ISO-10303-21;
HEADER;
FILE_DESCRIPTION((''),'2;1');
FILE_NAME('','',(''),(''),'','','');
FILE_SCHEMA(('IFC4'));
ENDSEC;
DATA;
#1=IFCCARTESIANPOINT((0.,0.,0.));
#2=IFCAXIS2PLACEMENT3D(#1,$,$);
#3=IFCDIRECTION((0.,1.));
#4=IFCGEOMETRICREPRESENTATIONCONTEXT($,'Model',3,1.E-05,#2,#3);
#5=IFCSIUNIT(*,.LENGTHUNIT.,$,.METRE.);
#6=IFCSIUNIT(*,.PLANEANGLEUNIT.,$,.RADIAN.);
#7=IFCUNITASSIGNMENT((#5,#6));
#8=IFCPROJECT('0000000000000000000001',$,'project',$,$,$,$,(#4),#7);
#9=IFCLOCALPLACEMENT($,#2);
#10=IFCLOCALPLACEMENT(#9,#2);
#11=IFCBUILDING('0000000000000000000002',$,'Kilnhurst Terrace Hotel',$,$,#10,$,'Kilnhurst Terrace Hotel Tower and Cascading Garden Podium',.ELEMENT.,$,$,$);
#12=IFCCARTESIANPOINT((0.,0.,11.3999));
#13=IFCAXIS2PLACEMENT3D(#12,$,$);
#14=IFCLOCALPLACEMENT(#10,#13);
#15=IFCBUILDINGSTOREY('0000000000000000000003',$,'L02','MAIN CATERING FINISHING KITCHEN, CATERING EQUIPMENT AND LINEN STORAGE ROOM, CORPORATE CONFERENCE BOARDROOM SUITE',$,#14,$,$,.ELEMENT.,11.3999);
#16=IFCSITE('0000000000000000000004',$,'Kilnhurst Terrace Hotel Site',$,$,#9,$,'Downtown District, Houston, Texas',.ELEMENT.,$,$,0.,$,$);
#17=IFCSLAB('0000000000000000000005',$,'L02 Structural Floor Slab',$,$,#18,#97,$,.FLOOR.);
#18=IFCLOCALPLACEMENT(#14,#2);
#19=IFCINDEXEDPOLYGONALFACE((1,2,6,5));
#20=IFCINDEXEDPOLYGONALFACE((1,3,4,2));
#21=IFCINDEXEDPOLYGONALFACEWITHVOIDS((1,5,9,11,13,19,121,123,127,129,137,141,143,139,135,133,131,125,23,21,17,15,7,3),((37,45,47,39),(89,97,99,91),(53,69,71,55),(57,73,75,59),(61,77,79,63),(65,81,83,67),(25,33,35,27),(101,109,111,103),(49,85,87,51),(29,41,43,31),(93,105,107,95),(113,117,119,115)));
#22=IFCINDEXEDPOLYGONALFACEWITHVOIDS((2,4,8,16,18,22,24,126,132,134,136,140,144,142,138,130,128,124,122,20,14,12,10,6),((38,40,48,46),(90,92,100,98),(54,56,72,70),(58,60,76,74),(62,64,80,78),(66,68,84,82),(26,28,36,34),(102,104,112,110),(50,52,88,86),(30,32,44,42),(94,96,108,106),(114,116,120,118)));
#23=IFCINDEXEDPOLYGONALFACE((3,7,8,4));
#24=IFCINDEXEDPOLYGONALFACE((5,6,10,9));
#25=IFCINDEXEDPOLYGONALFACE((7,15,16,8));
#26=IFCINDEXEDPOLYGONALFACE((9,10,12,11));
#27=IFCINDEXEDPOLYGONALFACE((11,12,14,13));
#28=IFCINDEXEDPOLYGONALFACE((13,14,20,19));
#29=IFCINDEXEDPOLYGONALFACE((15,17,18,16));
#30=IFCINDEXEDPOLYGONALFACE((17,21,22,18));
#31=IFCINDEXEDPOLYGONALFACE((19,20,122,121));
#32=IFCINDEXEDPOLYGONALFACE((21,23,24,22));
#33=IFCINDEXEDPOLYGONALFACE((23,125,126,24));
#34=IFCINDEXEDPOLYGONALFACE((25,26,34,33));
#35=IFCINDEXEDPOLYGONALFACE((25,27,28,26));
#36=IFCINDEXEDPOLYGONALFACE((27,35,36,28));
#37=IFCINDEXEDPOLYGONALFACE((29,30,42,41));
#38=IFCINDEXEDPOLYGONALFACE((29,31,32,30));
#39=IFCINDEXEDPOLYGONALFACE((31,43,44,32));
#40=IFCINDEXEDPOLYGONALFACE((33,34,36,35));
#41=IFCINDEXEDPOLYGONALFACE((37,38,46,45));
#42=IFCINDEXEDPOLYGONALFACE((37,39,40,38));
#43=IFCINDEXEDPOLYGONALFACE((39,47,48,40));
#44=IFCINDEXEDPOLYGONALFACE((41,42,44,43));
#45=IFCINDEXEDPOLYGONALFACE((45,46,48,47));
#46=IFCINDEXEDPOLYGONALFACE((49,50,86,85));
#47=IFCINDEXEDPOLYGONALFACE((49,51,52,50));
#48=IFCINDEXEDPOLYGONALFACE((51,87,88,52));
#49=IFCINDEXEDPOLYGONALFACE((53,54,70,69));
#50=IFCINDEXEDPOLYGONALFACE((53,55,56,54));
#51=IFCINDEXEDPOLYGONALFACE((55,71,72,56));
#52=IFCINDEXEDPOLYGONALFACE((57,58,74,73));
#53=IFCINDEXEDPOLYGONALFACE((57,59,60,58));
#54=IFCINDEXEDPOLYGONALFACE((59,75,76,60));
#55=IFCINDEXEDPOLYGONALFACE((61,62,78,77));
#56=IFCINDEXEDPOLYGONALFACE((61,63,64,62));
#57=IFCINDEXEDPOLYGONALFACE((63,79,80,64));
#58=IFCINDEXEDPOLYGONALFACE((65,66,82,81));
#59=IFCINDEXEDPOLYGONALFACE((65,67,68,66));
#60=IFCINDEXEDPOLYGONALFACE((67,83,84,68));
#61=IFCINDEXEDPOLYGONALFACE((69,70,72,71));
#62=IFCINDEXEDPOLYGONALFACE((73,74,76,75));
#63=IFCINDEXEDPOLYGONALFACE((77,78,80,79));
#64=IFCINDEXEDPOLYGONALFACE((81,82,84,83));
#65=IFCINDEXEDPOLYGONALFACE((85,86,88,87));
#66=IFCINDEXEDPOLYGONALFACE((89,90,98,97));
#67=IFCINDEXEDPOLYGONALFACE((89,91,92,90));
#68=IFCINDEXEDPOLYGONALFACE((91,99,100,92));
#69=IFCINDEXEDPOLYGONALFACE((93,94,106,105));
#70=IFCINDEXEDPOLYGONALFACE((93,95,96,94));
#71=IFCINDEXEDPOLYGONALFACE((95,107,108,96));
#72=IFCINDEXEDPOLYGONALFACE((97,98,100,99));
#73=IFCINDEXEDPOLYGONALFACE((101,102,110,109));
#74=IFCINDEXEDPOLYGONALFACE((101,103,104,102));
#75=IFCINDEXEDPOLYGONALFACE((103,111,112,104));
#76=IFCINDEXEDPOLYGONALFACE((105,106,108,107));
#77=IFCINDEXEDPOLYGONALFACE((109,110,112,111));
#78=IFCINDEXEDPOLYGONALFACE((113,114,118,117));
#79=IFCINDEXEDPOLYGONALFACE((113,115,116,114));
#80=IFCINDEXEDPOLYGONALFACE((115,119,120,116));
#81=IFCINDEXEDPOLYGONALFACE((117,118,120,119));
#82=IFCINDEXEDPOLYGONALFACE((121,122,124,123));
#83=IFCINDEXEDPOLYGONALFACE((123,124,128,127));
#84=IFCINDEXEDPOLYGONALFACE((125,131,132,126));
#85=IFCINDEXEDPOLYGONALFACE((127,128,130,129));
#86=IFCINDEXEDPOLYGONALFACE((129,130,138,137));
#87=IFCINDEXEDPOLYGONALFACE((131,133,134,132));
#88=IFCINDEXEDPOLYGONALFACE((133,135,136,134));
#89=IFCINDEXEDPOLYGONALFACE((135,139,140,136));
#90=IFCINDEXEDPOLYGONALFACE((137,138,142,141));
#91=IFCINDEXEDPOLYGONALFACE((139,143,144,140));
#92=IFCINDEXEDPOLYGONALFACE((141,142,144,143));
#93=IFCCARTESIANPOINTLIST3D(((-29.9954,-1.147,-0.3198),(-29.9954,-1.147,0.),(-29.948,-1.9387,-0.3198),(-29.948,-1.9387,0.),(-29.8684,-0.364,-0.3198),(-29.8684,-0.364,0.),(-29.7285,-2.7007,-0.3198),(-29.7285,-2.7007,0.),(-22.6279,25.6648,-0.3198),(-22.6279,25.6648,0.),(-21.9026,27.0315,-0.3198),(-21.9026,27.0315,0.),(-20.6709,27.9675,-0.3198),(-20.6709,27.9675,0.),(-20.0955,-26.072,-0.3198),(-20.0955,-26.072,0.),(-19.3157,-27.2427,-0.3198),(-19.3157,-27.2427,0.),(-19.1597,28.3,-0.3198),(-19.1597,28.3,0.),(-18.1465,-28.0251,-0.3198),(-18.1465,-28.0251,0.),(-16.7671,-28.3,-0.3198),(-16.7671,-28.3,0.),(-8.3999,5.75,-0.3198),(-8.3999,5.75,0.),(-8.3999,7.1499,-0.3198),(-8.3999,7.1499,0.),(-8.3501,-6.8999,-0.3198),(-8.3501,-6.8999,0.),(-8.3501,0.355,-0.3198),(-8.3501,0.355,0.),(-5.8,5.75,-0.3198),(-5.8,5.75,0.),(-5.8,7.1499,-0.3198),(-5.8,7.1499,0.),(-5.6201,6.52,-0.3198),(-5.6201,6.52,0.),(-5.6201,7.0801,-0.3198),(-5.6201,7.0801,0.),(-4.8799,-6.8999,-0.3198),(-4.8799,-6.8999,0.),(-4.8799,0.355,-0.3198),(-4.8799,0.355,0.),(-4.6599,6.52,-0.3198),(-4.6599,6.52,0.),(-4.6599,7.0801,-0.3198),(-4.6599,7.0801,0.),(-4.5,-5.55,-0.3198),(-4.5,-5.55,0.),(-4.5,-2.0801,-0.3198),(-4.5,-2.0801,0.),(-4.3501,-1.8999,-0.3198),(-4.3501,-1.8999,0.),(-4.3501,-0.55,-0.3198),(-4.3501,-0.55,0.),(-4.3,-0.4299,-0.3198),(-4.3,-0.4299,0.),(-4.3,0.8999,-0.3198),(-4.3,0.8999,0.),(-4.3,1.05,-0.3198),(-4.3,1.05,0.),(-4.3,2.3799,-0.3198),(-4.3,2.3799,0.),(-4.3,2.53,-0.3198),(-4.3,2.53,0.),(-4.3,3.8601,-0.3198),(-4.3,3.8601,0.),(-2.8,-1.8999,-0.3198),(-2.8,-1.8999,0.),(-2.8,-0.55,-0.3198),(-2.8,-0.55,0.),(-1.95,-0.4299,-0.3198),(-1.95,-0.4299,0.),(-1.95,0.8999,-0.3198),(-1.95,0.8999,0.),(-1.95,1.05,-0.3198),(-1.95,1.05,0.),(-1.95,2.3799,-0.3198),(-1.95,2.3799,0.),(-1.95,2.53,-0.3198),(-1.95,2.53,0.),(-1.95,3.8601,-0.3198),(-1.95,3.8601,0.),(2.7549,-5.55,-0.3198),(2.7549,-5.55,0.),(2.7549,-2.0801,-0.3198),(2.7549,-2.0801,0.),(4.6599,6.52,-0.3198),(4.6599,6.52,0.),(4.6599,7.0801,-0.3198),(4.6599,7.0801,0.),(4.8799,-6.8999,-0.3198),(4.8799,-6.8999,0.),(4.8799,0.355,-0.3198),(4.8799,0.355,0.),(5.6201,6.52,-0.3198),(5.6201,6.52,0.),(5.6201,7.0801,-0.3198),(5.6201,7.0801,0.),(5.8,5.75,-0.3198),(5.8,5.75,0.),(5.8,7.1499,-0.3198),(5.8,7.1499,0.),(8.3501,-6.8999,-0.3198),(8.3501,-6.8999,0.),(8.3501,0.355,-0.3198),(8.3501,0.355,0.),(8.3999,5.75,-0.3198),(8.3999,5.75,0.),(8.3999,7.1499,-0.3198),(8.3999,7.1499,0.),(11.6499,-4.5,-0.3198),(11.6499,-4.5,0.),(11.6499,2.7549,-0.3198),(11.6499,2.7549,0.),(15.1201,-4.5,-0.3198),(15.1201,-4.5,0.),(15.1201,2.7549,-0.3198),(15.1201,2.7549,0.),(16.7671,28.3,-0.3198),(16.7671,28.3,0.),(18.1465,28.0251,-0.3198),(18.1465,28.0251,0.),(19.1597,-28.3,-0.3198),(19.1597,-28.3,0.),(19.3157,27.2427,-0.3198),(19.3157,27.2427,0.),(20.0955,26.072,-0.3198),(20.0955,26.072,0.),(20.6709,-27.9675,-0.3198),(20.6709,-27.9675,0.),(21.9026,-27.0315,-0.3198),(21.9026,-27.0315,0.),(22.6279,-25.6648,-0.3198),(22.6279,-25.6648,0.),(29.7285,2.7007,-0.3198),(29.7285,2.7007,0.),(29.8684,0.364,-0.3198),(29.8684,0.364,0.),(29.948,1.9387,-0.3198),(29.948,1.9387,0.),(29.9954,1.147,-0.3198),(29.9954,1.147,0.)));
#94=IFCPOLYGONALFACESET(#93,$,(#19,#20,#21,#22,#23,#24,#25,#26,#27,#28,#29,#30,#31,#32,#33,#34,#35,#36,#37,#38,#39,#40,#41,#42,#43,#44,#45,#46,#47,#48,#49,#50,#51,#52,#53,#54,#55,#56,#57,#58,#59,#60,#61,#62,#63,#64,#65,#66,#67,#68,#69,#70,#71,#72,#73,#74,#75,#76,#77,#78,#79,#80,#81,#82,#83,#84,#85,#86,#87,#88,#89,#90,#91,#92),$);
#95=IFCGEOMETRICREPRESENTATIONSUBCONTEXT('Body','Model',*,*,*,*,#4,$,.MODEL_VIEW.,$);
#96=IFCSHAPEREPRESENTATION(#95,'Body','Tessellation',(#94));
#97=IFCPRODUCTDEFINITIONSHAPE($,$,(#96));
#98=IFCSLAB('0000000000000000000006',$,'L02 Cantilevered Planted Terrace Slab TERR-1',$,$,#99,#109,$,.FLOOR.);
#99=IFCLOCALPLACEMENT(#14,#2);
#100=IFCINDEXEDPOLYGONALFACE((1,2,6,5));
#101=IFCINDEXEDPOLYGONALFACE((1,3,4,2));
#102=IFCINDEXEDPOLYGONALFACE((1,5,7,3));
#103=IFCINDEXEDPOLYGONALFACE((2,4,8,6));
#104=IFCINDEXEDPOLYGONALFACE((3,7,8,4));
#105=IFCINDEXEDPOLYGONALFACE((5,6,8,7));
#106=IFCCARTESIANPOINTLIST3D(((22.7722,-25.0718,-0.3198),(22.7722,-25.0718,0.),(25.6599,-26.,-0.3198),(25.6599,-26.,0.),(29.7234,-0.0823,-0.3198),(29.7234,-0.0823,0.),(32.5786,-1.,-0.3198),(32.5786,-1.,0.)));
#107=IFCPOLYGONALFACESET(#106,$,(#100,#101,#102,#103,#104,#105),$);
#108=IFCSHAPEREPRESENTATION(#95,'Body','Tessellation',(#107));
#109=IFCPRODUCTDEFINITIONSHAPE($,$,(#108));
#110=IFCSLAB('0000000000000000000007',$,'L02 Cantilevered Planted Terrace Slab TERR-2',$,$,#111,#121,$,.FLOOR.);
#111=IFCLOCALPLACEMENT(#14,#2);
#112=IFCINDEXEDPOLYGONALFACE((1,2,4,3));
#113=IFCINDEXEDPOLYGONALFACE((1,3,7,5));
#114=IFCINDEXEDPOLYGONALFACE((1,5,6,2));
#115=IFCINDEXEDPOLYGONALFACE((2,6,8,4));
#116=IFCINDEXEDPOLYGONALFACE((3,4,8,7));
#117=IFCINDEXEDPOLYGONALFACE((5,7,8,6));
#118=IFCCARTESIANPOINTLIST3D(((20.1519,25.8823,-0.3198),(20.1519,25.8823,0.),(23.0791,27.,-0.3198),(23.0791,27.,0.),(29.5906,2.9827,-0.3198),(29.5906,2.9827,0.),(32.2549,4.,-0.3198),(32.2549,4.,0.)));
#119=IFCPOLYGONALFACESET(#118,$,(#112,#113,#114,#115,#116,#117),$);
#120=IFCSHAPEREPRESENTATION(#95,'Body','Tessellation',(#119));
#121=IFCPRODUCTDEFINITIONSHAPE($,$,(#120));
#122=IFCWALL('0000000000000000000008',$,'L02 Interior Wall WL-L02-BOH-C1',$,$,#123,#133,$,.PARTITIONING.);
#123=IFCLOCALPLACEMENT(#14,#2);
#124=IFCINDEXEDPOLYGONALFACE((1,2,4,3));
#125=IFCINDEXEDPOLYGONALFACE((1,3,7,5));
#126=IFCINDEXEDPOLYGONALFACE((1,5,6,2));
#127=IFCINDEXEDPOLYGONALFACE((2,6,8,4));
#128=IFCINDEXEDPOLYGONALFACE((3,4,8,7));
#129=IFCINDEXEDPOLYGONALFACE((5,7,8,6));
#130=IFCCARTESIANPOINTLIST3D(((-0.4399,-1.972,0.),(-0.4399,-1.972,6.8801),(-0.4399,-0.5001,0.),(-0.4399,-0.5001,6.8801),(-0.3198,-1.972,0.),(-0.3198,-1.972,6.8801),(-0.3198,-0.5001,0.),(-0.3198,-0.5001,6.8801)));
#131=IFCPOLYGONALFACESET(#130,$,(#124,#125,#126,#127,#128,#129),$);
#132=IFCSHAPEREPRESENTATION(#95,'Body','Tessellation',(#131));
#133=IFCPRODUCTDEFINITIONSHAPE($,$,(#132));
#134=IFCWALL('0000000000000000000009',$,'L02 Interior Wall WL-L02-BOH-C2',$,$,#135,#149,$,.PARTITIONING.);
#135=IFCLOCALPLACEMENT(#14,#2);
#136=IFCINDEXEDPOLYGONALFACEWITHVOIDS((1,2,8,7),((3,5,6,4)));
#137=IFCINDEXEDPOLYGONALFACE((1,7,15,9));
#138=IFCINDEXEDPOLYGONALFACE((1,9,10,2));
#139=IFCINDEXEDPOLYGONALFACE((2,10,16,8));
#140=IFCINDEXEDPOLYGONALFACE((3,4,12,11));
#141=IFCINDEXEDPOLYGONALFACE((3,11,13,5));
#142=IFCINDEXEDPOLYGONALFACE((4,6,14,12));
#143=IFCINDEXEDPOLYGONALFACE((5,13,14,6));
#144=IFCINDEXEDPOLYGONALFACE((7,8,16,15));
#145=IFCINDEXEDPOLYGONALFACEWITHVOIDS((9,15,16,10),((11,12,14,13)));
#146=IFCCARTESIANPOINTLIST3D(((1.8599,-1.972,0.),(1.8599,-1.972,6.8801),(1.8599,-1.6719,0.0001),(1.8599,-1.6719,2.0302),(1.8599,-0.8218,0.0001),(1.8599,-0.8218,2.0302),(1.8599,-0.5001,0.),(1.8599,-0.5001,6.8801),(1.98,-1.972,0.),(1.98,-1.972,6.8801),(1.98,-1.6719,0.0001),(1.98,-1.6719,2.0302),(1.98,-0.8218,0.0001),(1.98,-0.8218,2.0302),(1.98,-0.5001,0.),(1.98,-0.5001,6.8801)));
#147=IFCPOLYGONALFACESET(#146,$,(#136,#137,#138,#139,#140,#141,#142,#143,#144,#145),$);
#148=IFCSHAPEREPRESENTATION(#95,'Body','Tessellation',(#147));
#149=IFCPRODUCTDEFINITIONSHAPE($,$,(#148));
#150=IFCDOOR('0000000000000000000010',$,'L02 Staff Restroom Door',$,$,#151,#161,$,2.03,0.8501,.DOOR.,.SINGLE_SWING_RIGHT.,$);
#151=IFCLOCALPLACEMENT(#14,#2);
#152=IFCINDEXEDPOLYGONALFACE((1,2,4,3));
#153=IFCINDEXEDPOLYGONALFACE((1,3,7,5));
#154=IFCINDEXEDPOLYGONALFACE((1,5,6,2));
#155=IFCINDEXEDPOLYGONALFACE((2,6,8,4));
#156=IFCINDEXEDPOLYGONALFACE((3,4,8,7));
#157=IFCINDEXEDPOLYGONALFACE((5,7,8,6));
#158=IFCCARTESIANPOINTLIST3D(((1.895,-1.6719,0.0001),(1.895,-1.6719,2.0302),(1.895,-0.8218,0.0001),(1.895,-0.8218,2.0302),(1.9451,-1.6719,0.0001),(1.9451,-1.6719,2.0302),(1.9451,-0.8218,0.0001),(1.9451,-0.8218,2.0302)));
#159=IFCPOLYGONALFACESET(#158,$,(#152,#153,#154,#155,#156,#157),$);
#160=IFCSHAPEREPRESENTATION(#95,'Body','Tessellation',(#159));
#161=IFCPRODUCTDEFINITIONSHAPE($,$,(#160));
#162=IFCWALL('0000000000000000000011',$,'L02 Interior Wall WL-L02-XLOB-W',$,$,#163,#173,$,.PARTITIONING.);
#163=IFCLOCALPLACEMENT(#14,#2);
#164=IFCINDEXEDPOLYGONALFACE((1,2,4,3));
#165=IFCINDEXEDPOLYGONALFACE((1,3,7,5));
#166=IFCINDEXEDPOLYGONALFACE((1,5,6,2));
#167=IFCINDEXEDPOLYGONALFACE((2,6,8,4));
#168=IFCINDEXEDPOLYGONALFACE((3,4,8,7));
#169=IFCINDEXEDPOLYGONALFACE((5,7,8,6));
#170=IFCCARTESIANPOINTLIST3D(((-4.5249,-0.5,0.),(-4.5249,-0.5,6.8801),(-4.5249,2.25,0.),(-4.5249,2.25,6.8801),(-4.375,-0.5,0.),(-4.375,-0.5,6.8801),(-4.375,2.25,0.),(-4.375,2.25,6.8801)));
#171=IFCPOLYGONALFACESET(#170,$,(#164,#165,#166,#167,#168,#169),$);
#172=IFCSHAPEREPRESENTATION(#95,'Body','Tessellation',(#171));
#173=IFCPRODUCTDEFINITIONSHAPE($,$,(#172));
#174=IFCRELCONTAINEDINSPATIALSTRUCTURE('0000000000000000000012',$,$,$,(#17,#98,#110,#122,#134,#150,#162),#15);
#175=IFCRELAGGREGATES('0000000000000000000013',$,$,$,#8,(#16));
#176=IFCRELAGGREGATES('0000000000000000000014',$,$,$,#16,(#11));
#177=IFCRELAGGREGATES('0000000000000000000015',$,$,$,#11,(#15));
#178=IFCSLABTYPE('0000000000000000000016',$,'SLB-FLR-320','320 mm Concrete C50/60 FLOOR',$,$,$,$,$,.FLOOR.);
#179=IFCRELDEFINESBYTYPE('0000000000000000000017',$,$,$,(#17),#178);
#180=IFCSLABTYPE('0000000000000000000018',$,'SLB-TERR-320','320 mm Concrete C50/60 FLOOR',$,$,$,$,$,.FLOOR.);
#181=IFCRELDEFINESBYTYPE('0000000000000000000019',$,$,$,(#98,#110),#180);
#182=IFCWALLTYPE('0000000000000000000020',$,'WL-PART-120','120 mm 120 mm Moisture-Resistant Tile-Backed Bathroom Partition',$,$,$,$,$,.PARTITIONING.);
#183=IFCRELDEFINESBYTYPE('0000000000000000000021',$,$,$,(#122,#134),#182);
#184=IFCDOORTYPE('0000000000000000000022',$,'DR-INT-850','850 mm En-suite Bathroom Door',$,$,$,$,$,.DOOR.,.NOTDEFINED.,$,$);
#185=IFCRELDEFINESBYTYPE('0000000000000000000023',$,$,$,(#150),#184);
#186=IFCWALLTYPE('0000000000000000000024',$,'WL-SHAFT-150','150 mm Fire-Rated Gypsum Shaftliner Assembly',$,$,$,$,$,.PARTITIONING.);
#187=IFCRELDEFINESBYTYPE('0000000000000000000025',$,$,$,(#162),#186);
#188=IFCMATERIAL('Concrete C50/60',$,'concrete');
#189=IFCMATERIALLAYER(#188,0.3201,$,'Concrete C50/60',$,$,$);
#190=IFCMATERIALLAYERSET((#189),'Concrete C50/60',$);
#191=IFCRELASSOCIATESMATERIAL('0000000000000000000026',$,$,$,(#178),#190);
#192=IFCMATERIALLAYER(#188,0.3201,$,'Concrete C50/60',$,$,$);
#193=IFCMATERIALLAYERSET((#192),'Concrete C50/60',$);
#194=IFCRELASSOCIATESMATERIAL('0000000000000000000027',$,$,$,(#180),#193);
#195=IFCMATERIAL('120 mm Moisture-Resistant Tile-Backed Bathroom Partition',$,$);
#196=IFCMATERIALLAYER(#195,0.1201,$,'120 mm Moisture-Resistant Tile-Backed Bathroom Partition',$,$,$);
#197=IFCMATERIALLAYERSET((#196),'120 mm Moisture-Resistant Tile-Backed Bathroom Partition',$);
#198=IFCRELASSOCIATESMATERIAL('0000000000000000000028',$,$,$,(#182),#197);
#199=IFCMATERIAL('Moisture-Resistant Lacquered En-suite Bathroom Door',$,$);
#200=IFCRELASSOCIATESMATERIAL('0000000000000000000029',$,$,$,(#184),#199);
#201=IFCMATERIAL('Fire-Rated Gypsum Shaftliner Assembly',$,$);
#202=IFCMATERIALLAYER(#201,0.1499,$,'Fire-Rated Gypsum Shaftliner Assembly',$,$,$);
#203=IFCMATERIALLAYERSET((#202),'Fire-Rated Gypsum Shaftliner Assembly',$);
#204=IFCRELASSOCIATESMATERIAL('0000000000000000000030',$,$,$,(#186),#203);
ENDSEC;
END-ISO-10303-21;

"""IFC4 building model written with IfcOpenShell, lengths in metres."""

from ifc_helpers import new_model, si_unit, direction, frame, frame_2d, origin, place, context, subcontext, project, spatial, polyline, rectangle, outline, extrude, material, layer, layer_set, type_object, element, fill, save


model = new_model("IFC4")

# Units and contexts
model_context = context("Model", 3, precision=1e-05, world=origin(), true_north=direction((0.0, 1.0)))
body_context = subcontext(model_context, "Body", "Model", "MODEL_VIEW")
ifc_project = project(units=[si_unit("LENGTHUNIT", "METRE"), si_unit("PLANEANGLEUNIT", "RADIAN")], contexts=[model_context])

# Site, building, storey
site_placement = place(None, origin())
site = spatial("IfcSite", under=ifc_project, at=site_placement, Name="Kilnhurst Terrace Hotel Site", LongName="Downtown District, Houston, Texas", CompositionType="ELEMENT", RefElevation=0.0)
building_placement = place(site_placement, origin())
building = spatial("IfcBuilding", under=site, at=building_placement, Name="Kilnhurst Terrace Hotel", LongName="Kilnhurst Terrace Hotel Tower and Cascading Garden Podium", CompositionType="ELEMENT")
storey_placement = place(building_placement, frame((0.0, 0.0, 11.3999)))
storey = spatial("IfcBuildingStorey", under=building, at=storey_placement, Name="L02", Description="MAIN CATERING FINISHING KITCHEN, CATERING EQUIPMENT AND LINEN STORAGE ROOM, CORPORATE CONFERENCE BOARDROOM SUITE", CompositionType="ELEMENT", Elevation=11.3999)

# Slabs
ifc_material_1 = material(Name="Concrete C50/60", Category="concrete")
ifc_layer_1 = layer(ifc_material_1, 0.3201, Name="Concrete C50/60")
ifc_layer_set_1 = layer_set([ifc_layer_1], Name="Concrete C50/60")
slab_type_1 = type_object("IfcSlabType", Name="SLB-FLR-320", Description="320 mm Concrete C50/60 FLOOR", PredefinedType="FLOOR", material=ifc_layer_set_1)
slab_1_placement = place(storey_placement, frame((0.0, 0.0, -0.3198)))
element("IfcSlab", 1, at=slab_1_placement, inside=storey, type_object=slab_type_1, Name="L02 Structural Floor Slab", PredefinedType="FLOOR", context=body_context, shape_type="SweptSolid", body=[
    extrude(outline(polyline([(-20.0955, -26.072), (-19.3157, -27.2427), (-18.1465, -28.0251), (-16.7671, -28.3), (19.1597, -28.3), (20.6709, -27.9675), (21.9026, -27.0315), (22.6279, -25.6648), (29.8684, 0.364), (29.9954, 1.147), (29.948, 1.9387), (29.7285, 2.7007), (20.0955, 26.072), (19.3157, 27.2427), (18.1465, 28.0251), (16.7671, 28.3), (-19.1597, 28.3), (-20.6709, 27.9675), (-21.9026, 27.0315), (-22.6279, 25.6648), (-29.8684, -0.364), (-29.9954, -1.147), (-29.948, -1.9387), (-29.7285, -2.7007), (-20.0955, -26.072)]), holes=[polyline([(-8.3501, 0.355), (-4.8799, 0.355), (-4.8799, -6.8999), (-8.3501, -6.8999), (-8.3501, 0.355)]), polyline([(-4.3501, -1.8999), (-4.3501, -0.55), (-2.8, -0.55), (-2.8, -1.8999), (-4.3501, -1.8999)]), polyline([(-4.3, -0.4299), (-4.3, 0.8999), (-1.95, 0.8999), (-1.95, -0.4299), (-4.3, -0.4299)]), polyline([(-1.95, 1.05), (-4.3, 1.05), (-4.3, 2.3799), (-1.95, 2.3799), (-1.95, 1.05)]), polyline([(-8.3999, 5.75), (-8.3999, 7.1499), (-5.8, 7.1499), (-5.8, 5.75), (-8.3999, 5.75)]), polyline([(-5.6201, 6.52), (-5.6201, 7.0801), (-4.6599, 7.0801), (-4.6599, 6.52), (-5.6201, 6.52)]), polyline([(2.7549, -2.0801), (2.7549, -5.55), (-4.5, -5.55), (-4.5, -2.0801), (2.7549, -2.0801)]), polyline([(8.3501, 0.355), (8.3501, -6.8999), (4.8799, -6.8999), (4.8799, 0.355), (8.3501, 0.355)]), polyline([(15.1201, 2.7549), (15.1201, -4.5), (11.6499, -4.5), (11.6499, 2.7549), (15.1201, 2.7549)]), polyline([(-1.95, 2.53), (-4.3, 2.53), (-4.3, 3.8601), (-1.95, 3.8601), (-1.95, 2.53)]), polyline([(5.8, 5.75), (5.8, 7.1499), (8.3999, 7.1499), (8.3999, 5.75), (5.8, 5.75)]), polyline([(4.6599, 6.52), (4.6599, 7.0801), (5.6201, 7.0801), (5.6201, 6.52), (4.6599, 6.52)])]), origin(), (0.0, 0.0, 1.0), 0.3198),
])
ifc_layer_2 = layer(ifc_material_1, 0.3201, Name="Concrete C50/60")
ifc_layer_set_2 = layer_set([ifc_layer_2], Name="Concrete C50/60")
slab_type_2 = type_object("IfcSlabType", Name="SLB-TERR-320", Description="320 mm Concrete C50/60 FLOOR", PredefinedType="FLOOR", material=ifc_layer_set_2)
slab_2_placement = place(storey_placement, frame((0.0, 0.0, -0.3198)))
element("IfcSlab", 2, at=slab_2_placement, inside=storey, type_object=slab_type_2, Name="L02 Cantilevered Planted Terrace Slab TERR-1", PredefinedType="FLOOR", context=body_context, shape_type="SweptSolid", body=[
    extrude(outline(polyline([(25.6599, -26.0), (22.7722, -25.0718), (29.7234, -0.0823), (32.5786, -1.0), (25.6599, -26.0)])), origin(), (0.0, 0.0, 1.0), 0.3198),
])
slab_3_placement = place(storey_placement, frame((0.0, 0.0, -0.3198)))
element("IfcSlab", 3, at=slab_3_placement, inside=storey, type_object=slab_type_2, Name="L02 Cantilevered Planted Terrace Slab TERR-2", PredefinedType="FLOOR", context=body_context, shape_type="SweptSolid", body=[
    extrude(outline(polyline([(29.5906, 2.9827), (20.1519, 25.8823), (23.0791, 27.0), (32.2549, 4.0), (29.5906, 2.9827)])), origin(), (0.0, 0.0, 1.0), 0.3198),
])

# Wall
ifc_material_2 = material(Name="120 mm Moisture-Resistant Tile-Backed Bathroom Partition")
ifc_layer_3 = layer(ifc_material_2, 0.1201, Name="120 mm Moisture-Resistant Tile-Backed Bathroom Partition")
ifc_layer_set_3 = layer_set([ifc_layer_3], Name="120 mm Moisture-Resistant Tile-Backed Bathroom Partition")
wall_type_1 = type_object("IfcWallType", Name="WL-PART-120", Description="120 mm 120 mm Moisture-Resistant Tile-Backed Bathroom Partition", PredefinedType="PARTITIONING", material=ifc_layer_set_3)
wall_1_placement = place(storey_placement, frame((-0.3799, -1.9719, 0.0), z_axis=(0.0, 0.0, 1.0), x_axis=(0.0, 1.0, 0.0)))
element("IfcWall", 4, at=wall_1_placement, inside=storey, type_object=wall_type_1, Name="L02 Interior Wall WL-L02-BOH-C1", PredefinedType="PARTITIONING", context=body_context, shape_type="SweptSolid", body=[
    extrude(rectangle(XDim=1.4719, YDim=0.1201, at=frame_2d((0.7358, 0.0))), origin(), (0.0, 0.0, 1.0), 6.8801),
])

# Wall, opening, door
wall_2_placement = place(storey_placement, frame((1.9199, -1.9719, 0.0), z_axis=(0.0, 0.0, 1.0), x_axis=(0.0, 1.0, 0.0)))
wall_2 = element("IfcWall", 5, at=wall_2_placement, inside=storey, type_object=wall_type_1, Name="L02 Interior Wall WL-L02-BOH-C2", PredefinedType="PARTITIONING", context=body_context, shape_type="SweptSolid", body=[
    extrude(rectangle(XDim=1.4719, YDim=0.1201, at=frame_2d((0.7358, 0.0))), origin(), (0.0, 0.0, 1.0), 6.8801),
])
opening_1_placement = place(wall_2_placement, frame((0.3, 0.0, 0.0)))
opening_1 = element("IfcOpeningElement", 6, at=opening_1_placement, cuts=wall_2, PredefinedType="OPENING", context=body_context, shape_type="SweptSolid", body=[
    extrude(rectangle(XDim=0.8501, YDim=2.03, at=frame_2d((0.425, 1.0151))), frame((0.0, 0.0701, 0.0), z_axis=(0.0, -1.0, 0.0), x_axis=(1.0, 0.0, 0.0)), (0.0, 0.0, 1.0), 0.1401),
])
ifc_material_3 = material(Name="Moisture-Resistant Lacquered En-suite Bathroom Door")
door_type_1 = type_object("IfcDoorType", Name="DR-INT-850", Description="850 mm En-suite Bathroom Door", OperationType="NOTDEFINED", PredefinedType="DOOR", material=ifc_material_3)
door_1_placement = place(opening_1_placement, origin())
door_1 = element("IfcDoor", 7, at=door_1_placement, inside=storey, type_object=door_type_1, Name="L02 Staff Restroom Door", OperationType="SINGLE_SWING_RIGHT", OverallHeight=2.03, OverallWidth=0.8501, PredefinedType="DOOR", context=body_context, shape_type="SweptSolid", body=[
    extrude(rectangle(XDim=0.8501, YDim=2.03, at=frame_2d((0.425, 1.0151))), frame((0.0, 0.0249, 0.0), z_axis=(0.0, -1.0, 0.0), x_axis=(1.0, 0.0, 0.0)), (0.0, 0.0, 1.0), 0.05),
])
fill(opening_1, door_1)

# Wall
ifc_material_4 = material(Name="Fire-Rated Gypsum Shaftliner Assembly")
ifc_layer_4 = layer(ifc_material_4, 0.1499, Name="Fire-Rated Gypsum Shaftliner Assembly")
ifc_layer_set_4 = layer_set([ifc_layer_4], Name="Fire-Rated Gypsum Shaftliner Assembly")
wall_type_2 = type_object("IfcWallType", Name="WL-SHAFT-150", Description="150 mm Fire-Rated Gypsum Shaftliner Assembly", PredefinedType="PARTITIONING", material=ifc_layer_set_4)
wall_3_placement = place(storey_placement, frame((-4.45, -0.5, 0.0), z_axis=(0.0, 0.0, 1.0), x_axis=(0.0, 1.0, 0.0)))
element("IfcWall", 8, at=wall_3_placement, inside=storey, type_object=wall_type_2, Name="L02 Interior Wall WL-L02-XLOB-W", PredefinedType="PARTITIONING", context=body_context, shape_type="SweptSolid", body=[
    extrude(rectangle(XDim=2.75, YDim=0.1499, at=frame_2d((1.375, 0.0))), origin(), (0.0, 0.0, 1.0), 6.8801),
])

save(model, "model.ifc")
